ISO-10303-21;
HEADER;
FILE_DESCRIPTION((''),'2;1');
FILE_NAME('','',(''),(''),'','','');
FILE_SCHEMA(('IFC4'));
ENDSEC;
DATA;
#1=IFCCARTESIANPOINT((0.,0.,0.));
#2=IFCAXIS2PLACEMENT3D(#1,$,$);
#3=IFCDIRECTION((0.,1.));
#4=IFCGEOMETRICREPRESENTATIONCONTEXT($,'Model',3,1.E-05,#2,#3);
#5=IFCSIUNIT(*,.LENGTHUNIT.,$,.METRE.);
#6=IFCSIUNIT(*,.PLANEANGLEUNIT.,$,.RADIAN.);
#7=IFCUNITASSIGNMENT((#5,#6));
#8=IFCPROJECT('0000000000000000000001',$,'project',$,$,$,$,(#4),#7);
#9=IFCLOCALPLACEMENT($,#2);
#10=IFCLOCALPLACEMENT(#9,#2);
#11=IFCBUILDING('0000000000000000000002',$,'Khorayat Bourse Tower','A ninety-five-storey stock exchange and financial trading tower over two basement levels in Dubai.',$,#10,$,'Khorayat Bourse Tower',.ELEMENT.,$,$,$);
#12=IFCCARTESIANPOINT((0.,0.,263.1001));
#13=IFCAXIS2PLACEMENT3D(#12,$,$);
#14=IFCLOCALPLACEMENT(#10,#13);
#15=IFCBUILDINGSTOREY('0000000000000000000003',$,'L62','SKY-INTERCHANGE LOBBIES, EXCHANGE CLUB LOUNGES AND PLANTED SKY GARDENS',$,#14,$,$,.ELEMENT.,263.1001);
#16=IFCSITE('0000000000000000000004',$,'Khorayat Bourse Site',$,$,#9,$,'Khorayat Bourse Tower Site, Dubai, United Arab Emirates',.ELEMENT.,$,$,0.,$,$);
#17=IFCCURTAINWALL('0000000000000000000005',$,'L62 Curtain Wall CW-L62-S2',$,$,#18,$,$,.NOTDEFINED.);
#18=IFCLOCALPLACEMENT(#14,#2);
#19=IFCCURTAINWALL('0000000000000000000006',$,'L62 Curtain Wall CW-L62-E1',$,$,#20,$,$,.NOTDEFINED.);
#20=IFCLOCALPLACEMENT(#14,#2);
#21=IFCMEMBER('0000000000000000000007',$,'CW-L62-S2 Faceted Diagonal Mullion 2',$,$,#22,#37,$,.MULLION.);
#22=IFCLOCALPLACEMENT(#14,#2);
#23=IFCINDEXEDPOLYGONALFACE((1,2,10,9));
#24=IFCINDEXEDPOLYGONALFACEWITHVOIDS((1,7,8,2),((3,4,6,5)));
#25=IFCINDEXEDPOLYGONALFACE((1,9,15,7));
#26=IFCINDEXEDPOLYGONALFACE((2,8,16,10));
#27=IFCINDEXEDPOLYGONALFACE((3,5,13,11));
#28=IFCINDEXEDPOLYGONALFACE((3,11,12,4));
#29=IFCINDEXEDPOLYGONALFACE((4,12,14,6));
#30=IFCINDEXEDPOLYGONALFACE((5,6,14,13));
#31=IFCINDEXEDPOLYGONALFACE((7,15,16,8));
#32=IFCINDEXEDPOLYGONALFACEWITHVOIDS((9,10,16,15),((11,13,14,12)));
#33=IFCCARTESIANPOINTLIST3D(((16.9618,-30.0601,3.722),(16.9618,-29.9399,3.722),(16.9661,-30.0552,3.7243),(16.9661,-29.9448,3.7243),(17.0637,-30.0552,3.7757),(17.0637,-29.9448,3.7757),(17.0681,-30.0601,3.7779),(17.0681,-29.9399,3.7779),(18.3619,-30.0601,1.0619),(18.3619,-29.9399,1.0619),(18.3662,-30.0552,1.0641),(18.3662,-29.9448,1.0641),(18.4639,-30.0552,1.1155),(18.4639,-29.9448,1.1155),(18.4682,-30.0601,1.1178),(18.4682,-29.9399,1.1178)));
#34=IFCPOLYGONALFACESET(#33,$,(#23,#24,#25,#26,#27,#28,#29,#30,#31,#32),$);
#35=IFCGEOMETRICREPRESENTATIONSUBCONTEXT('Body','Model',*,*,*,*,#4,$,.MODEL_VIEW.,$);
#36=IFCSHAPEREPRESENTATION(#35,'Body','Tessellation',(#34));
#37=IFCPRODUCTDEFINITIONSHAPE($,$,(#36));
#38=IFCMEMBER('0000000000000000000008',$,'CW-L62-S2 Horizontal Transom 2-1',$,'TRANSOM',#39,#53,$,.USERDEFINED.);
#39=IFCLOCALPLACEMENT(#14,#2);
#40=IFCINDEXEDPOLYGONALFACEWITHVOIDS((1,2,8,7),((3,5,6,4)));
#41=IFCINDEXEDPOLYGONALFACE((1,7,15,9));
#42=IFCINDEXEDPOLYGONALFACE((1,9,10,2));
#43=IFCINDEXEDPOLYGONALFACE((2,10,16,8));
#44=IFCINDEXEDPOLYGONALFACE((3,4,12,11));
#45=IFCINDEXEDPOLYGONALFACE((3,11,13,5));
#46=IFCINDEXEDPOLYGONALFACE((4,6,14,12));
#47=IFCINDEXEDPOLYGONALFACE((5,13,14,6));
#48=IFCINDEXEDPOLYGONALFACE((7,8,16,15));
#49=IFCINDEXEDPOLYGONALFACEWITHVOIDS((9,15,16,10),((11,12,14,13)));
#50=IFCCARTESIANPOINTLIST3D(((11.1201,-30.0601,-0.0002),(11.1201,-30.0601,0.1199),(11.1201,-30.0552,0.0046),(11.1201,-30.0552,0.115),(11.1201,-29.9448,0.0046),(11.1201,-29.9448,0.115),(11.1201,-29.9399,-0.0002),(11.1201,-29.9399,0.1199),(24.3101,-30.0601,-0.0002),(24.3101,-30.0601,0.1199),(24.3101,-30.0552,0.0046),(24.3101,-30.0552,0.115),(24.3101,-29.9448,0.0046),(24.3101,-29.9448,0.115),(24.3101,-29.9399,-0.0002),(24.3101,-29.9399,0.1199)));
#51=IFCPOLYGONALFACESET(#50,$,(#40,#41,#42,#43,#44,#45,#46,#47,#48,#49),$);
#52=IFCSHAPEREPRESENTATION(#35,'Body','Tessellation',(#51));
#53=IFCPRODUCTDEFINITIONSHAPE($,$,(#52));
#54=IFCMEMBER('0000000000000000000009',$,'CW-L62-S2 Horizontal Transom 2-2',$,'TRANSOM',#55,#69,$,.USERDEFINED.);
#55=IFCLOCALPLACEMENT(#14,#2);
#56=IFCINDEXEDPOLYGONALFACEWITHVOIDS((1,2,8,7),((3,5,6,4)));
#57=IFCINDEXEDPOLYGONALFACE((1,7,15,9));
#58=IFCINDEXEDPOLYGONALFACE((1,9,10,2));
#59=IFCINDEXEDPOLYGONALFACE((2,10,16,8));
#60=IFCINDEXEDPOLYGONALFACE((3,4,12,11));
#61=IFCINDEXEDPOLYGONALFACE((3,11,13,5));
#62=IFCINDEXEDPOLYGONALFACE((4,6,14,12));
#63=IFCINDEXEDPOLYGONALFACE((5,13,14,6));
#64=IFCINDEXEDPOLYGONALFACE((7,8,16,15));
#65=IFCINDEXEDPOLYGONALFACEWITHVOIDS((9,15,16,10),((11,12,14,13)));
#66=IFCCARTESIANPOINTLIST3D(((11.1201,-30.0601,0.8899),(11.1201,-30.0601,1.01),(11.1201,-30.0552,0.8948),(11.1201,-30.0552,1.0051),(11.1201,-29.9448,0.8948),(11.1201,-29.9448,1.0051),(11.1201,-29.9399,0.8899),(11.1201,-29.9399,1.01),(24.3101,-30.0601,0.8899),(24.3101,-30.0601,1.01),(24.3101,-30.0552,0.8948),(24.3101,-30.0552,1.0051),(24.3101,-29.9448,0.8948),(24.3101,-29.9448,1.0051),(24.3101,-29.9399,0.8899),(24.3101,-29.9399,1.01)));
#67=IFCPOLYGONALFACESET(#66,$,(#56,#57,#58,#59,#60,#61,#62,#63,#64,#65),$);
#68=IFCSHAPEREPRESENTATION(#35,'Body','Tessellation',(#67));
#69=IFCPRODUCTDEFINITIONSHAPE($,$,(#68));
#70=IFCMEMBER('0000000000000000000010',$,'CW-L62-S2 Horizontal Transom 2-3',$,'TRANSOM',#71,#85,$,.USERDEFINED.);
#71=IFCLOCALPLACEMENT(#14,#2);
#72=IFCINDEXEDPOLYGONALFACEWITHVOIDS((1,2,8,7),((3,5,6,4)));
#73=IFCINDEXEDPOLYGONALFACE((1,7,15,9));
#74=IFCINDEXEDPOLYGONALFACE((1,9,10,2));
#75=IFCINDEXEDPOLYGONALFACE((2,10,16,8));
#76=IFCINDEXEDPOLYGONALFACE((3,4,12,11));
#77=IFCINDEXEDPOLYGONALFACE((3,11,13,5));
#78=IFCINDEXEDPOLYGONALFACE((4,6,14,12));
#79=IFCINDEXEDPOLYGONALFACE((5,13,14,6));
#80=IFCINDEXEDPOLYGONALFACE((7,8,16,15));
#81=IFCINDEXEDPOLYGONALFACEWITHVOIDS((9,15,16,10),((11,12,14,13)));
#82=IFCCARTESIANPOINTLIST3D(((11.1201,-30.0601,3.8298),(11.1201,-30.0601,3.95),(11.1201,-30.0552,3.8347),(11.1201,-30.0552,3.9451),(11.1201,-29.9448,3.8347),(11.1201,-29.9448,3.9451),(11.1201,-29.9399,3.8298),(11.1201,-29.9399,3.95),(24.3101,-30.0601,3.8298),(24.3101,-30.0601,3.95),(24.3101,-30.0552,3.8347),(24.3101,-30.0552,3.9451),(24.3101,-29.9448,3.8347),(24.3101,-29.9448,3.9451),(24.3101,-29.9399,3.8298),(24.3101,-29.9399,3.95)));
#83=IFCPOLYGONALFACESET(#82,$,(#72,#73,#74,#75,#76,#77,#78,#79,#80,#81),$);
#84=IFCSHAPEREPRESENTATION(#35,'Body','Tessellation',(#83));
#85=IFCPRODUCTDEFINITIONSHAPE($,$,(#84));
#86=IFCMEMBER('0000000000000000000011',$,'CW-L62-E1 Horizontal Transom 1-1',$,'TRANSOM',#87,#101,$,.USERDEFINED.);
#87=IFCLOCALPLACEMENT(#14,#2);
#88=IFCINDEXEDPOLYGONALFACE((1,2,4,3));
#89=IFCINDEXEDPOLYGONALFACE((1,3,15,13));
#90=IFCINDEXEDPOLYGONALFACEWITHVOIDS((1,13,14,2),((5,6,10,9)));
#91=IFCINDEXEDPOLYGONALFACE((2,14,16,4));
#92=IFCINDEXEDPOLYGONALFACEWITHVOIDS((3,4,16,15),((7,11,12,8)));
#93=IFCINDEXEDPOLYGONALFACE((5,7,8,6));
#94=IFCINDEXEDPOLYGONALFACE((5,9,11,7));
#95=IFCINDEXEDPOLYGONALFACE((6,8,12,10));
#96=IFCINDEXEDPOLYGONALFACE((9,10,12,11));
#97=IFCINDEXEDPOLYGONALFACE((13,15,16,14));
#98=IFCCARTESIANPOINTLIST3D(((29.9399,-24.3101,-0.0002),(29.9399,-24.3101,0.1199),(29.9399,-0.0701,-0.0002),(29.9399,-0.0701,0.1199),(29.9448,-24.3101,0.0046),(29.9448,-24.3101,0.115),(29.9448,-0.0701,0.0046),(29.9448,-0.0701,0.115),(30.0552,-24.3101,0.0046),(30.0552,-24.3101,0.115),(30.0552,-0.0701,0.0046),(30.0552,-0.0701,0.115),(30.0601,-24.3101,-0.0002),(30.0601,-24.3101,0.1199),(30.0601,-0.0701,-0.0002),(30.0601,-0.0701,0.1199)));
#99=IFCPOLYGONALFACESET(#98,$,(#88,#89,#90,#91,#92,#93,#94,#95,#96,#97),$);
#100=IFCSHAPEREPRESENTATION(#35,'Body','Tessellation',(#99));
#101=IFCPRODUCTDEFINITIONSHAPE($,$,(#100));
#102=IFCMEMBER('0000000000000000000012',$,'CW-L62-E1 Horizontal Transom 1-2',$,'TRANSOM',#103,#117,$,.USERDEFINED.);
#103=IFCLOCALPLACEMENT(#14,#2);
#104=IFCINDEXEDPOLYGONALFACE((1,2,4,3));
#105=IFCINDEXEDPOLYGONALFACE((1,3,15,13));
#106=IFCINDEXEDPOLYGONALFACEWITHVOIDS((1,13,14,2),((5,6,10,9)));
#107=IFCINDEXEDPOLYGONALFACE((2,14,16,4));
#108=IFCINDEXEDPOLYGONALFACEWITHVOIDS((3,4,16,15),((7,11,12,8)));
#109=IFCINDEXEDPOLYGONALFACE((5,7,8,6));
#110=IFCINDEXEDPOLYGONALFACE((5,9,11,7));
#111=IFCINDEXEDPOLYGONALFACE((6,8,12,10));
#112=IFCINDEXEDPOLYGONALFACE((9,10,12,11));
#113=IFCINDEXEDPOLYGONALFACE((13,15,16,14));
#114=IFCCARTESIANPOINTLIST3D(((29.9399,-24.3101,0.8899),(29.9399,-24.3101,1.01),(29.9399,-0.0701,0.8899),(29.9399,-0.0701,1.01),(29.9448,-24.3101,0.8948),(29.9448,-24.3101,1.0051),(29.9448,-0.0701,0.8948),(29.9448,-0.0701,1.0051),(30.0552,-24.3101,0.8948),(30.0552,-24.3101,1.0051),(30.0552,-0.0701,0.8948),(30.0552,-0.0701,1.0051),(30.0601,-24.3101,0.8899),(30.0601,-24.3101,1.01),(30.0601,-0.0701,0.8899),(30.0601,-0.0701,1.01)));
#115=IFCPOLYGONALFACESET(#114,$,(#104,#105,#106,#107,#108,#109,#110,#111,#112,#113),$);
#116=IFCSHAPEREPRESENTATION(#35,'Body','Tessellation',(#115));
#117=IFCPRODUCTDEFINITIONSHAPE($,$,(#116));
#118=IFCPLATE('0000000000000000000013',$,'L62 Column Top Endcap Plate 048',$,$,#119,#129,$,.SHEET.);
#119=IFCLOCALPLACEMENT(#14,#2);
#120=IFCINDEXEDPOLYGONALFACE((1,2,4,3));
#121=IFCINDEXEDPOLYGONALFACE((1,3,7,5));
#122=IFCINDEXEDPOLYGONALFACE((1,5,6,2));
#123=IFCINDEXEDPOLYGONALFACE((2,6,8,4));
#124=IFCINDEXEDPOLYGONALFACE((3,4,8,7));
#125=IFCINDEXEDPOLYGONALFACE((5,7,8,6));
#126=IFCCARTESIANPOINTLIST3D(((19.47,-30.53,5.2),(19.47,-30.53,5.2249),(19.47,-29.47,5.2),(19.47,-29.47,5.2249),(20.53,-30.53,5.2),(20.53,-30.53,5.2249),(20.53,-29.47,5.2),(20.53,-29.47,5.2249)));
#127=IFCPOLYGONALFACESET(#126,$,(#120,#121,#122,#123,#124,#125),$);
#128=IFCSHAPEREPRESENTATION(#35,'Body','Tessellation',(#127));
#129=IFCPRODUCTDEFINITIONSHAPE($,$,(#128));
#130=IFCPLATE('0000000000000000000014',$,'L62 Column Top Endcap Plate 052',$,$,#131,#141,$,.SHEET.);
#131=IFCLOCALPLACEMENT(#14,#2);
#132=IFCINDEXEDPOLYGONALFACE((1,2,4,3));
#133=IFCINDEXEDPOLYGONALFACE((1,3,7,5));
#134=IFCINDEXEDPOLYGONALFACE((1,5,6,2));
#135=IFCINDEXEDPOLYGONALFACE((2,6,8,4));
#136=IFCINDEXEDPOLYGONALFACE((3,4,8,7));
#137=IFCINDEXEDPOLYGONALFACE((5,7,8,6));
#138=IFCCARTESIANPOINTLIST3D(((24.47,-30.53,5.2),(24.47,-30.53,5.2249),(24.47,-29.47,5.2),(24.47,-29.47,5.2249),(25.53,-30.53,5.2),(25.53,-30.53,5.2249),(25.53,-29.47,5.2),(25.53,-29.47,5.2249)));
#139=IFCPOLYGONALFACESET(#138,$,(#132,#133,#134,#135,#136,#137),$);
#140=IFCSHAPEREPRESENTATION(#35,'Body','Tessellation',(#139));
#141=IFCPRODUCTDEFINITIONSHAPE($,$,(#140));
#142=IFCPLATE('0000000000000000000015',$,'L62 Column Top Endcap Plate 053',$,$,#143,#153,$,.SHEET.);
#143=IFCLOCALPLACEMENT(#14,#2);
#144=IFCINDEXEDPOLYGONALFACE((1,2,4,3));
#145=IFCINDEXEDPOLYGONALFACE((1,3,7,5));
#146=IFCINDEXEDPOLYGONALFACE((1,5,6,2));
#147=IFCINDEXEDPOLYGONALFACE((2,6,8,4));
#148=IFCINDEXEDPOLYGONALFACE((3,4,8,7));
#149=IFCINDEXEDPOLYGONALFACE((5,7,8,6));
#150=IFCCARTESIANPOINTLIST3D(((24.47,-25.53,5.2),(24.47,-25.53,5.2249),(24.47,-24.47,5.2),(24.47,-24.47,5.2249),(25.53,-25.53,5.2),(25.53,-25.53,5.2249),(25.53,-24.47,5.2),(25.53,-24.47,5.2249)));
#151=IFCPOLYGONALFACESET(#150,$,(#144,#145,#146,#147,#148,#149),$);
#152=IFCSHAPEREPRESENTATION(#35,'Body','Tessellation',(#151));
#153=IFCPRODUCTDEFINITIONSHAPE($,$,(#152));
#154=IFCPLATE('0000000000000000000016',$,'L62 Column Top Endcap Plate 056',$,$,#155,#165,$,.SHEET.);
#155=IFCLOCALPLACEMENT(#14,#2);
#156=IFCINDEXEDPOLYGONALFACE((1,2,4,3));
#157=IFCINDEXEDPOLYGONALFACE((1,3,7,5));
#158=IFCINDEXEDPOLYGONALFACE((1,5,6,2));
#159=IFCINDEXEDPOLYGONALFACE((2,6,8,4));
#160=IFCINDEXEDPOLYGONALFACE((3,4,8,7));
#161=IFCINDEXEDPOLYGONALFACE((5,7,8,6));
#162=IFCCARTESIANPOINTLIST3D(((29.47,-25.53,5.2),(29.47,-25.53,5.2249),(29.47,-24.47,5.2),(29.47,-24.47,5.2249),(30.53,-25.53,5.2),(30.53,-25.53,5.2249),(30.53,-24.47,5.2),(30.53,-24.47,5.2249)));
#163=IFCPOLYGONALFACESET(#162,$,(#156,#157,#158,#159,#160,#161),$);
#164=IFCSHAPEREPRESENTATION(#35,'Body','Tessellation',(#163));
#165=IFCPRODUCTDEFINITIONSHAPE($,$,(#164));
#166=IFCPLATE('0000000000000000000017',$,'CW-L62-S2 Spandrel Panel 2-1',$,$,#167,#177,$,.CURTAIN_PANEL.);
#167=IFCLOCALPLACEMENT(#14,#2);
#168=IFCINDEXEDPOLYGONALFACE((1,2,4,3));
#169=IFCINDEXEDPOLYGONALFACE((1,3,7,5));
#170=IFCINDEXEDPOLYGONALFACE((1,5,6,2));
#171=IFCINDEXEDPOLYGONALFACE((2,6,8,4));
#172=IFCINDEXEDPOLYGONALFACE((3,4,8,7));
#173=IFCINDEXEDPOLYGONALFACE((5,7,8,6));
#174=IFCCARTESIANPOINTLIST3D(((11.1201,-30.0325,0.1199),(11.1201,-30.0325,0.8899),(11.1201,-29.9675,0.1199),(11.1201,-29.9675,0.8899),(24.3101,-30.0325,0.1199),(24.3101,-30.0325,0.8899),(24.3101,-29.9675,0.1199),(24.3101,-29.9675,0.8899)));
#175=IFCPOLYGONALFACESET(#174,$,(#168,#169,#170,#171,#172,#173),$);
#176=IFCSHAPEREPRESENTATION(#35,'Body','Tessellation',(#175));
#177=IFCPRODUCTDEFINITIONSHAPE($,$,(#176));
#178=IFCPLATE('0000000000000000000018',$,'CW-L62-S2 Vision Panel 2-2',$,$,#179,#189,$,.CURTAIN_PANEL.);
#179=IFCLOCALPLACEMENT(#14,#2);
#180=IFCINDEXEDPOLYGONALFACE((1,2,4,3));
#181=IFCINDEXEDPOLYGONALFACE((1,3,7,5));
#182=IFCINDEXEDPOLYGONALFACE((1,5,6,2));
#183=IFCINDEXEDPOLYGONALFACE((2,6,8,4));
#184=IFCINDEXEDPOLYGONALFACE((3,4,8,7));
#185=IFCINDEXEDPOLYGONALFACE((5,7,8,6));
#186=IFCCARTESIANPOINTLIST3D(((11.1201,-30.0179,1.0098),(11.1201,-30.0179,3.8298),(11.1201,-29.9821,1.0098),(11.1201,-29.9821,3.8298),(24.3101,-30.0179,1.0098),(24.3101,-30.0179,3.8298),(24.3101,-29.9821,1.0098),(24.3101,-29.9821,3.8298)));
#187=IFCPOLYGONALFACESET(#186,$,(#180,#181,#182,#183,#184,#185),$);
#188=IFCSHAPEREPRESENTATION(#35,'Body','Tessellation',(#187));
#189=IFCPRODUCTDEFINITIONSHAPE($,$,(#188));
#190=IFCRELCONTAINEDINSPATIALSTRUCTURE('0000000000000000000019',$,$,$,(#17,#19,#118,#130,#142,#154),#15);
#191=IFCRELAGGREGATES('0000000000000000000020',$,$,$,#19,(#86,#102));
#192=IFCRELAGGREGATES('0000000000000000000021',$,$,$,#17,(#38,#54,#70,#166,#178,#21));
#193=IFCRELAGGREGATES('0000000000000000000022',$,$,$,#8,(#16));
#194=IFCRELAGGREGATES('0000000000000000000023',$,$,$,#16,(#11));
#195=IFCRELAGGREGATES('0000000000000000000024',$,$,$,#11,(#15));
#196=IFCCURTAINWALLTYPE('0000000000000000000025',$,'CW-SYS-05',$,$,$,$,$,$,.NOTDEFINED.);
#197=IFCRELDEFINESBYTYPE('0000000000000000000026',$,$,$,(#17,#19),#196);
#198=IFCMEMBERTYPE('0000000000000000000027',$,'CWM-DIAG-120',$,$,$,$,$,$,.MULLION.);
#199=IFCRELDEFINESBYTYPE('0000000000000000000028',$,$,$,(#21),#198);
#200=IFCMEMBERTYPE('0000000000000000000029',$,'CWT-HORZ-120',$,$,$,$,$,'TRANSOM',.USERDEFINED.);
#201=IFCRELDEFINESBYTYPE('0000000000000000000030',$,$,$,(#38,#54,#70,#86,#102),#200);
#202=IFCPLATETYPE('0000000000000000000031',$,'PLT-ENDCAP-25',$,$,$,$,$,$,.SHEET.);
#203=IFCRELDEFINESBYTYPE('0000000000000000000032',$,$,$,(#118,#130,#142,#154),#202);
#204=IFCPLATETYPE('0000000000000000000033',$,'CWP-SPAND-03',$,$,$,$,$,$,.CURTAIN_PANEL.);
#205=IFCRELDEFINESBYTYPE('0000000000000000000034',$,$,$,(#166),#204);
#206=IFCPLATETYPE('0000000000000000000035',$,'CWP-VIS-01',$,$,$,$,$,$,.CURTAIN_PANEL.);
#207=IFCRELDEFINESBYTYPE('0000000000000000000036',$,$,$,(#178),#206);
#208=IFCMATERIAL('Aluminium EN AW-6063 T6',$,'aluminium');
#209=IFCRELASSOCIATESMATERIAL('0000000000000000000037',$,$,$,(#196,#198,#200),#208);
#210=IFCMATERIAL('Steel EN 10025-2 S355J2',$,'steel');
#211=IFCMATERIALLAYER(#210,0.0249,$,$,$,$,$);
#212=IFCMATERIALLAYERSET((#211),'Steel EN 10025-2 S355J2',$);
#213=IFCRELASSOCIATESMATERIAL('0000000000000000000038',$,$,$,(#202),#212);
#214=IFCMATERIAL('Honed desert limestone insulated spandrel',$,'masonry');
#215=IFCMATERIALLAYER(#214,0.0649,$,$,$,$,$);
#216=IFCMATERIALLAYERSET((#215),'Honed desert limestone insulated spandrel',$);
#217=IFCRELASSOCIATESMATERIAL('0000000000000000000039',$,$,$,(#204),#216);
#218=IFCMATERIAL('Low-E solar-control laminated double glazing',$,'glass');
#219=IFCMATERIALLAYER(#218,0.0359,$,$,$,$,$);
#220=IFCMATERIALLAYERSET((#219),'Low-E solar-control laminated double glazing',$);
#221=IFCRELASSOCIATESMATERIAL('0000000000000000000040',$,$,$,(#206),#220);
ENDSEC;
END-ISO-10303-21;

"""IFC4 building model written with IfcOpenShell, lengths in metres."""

from ifc_helpers import new_model, si_unit, direction, frame, origin, origin_2d, place, context, subcontext, project, spatial, rectangle, hollow_rectangle, extrude, source, transform, mapped, material, layer, layer_set, material_profile, profile_set, type_object, element, aggregate, save


model = new_model("IFC4")

# Units and contexts
model_context = context("Model", 3, precision=1e-05, world=origin(), true_north=direction((0.0, 1.0)))
body_context = subcontext(model_context, "Body", "Model", "MODEL_VIEW")
ifc_project = project(units=[si_unit("LENGTHUNIT", "METRE"), si_unit("PLANEANGLEUNIT", "RADIAN")], contexts=[model_context])

# Site, building, storey
site_placement = place(None, origin())
site = spatial("IfcSite", under=ifc_project, at=site_placement, Name="Khorayat Bourse Site", LongName="Khorayat Bourse Tower Site, Dubai, United Arab Emirates", CompositionType="ELEMENT", RefElevation=0.0)
building_placement = place(site_placement, origin())
building = spatial("IfcBuilding", under=site, at=building_placement, Name="Khorayat Bourse Tower", Description="A ninety-five-storey stock exchange and financial trading tower over two basement levels in Dubai.", LongName="Khorayat Bourse Tower", CompositionType="ELEMENT")
storey_placement = place(building_placement, frame((0.0, 0.0, 263.1001)))
storey = spatial("IfcBuildingStorey", under=building, at=storey_placement, Name="L62", Description="SKY-INTERCHANGE LOBBIES, EXCHANGE CLUB LOUNGES AND PLANTED SKY GARDENS", CompositionType="ELEMENT", Elevation=263.1001)

# Curtain wall
ifc_material_1 = material(Name="Aluminium EN AW-6063 T6", Category="aluminium")
curtain_wall_type = type_object("IfcCurtainWallType", Name="CW-SYS-05", PredefinedType="NOTDEFINED", material=ifc_material_1)
curtain_wall_1_placement = place(storey_placement, origin())
curtain_wall_1 = element("IfcCurtainWall", 1, at=curtain_wall_1_placement, inside=storey, type_object=curtain_wall_type, Name="L62 Curtain Wall CW-L62-S2", PredefinedType="NOTDEFINED")

# Curtain wall
curtain_wall_2_placement = place(storey_placement, origin())
curtain_wall_2 = element("IfcCurtainWall", 2, at=curtain_wall_2_placement, inside=storey, type_object=curtain_wall_type, Name="L62 Curtain Wall CW-L62-E1", PredefinedType="NOTDEFINED")

# Members
ifc_material_profile_1 = material_profile(ifc_material_1, hollow_rectangle(XDim=0.1201, YDim=0.1201, WallThickness=0.0049, at=origin_2d()), Name="ALU 120x120x5")
ifc_profile_set_1 = profile_set([ifc_material_profile_1], Name="Aluminium EN AW-6063 T6")
member_type_1 = type_object("IfcMemberType", Name="CWM-DIAG-120", PredefinedType="MULLION", material=ifc_profile_set_1)
shared_shape_1 = source(origin(), body_context, "Body", "SweptSolid", [
    extrude(hollow_rectangle(XDim=0.1201, YDim=0.1201, WallThickness=0.0049, at=origin_2d()), origin(), (0.0, 0.0, 1.0), 3.0061),
])
member_1_placement = place(storey_placement, frame((18.415, -30.0, 1.0898), z_axis=(-0.465763, 0.0, 0.884909), x_axis=(0.0, -1.0, 0.0)))
member_1 = element("IfcMember", 3, at=member_1_placement, type_object=member_type_1, Name="CW-L62-S2 Faceted Diagonal Mullion 2", PredefinedType="MULLION", context=body_context, shape_type="MappedRepresentation", body=[
    mapped(shared_shape_1, transform((0.0, 0.0, 0.0), scale=1.0)),
])
ifc_material_profile_2 = material_profile(ifc_material_1, hollow_rectangle(XDim=0.1201, YDim=0.1201, WallThickness=0.0049, at=origin_2d()), Name="ALU 120x120x5")
ifc_profile_set_2 = profile_set([ifc_material_profile_2], Name="Aluminium EN AW-6063 T6")
member_type_2 = type_object("IfcMemberType", Name="CWT-HORZ-120", ElementType="TRANSOM", PredefinedType="USERDEFINED", material=ifc_profile_set_2)
shared_shape_2 = source(origin(), body_context, "Body", "SweptSolid", [
    extrude(hollow_rectangle(XDim=0.1201, YDim=0.1201, WallThickness=0.0049, at=origin_2d()), origin(), (0.0, 0.0, 1.0), 13.1899),
])
member_2_placement = place(storey_placement, frame((11.1201, -30.0, 0.0598), z_axis=(1.0, 0.0, 0.0), x_axis=(0.0, 1.0, 0.0)))
member_2 = element("IfcMember", 4, at=member_2_placement, type_object=member_type_2, Name="CW-L62-S2 Horizontal Transom 2-1", ObjectType="TRANSOM", PredefinedType="USERDEFINED", context=body_context, shape_type="MappedRepresentation", body=[
    mapped(shared_shape_2, transform((0.0, 0.0, 0.0), scale=1.0)),
])
member_3_placement = place(storey_placement, frame((11.1201, -30.0, 0.95), z_axis=(1.0, 0.0, 0.0), x_axis=(0.0, 1.0, 0.0)))
member_3 = element("IfcMember", 5, at=member_3_placement, type_object=member_type_2, Name="CW-L62-S2 Horizontal Transom 2-2", ObjectType="TRANSOM", PredefinedType="USERDEFINED", context=body_context, shape_type="MappedRepresentation", body=[
    mapped(shared_shape_2, transform((0.0, 0.0, 0.0), scale=1.0)),
])
member_4_placement = place(storey_placement, frame((11.1201, -30.0, 3.8899), z_axis=(1.0, 0.0, 0.0), x_axis=(0.0, 1.0, 0.0)))
member_4 = element("IfcMember", 6, at=member_4_placement, type_object=member_type_2, Name="CW-L62-S2 Horizontal Transom 2-3", ObjectType="TRANSOM", PredefinedType="USERDEFINED", context=body_context, shape_type="MappedRepresentation", body=[
    mapped(shared_shape_2, transform((0.0, 0.0, 0.0), scale=1.0)),
])
shared_shape_3 = source(origin(), body_context, "Body", "SweptSolid", [
    extrude(hollow_rectangle(XDim=0.1201, YDim=0.1201, WallThickness=0.0049, at=origin_2d()), origin(), (0.0, 0.0, 1.0), 24.24),
])
member_5_placement = place(storey_placement, frame((30.0, -24.3101, 0.0598), z_axis=(0.0, 1.0, 0.0), x_axis=(-1.0, 0.0, 0.0)))
member_5 = element("IfcMember", 7, at=member_5_placement, type_object=member_type_2, Name="CW-L62-E1 Horizontal Transom 1-1", ObjectType="TRANSOM", PredefinedType="USERDEFINED", context=body_context, shape_type="MappedRepresentation", body=[
    mapped(shared_shape_3, transform((0.0, 0.0, 0.0), scale=1.0)),
])
member_6_placement = place(storey_placement, frame((30.0, -24.3101, 0.95), z_axis=(0.0, 1.0, 0.0), x_axis=(-1.0, 0.0, 0.0)))
member_6 = element("IfcMember", 8, at=member_6_placement, type_object=member_type_2, Name="CW-L62-E1 Horizontal Transom 1-2", ObjectType="TRANSOM", PredefinedType="USERDEFINED", context=body_context, shape_type="MappedRepresentation", body=[
    mapped(shared_shape_3, transform((0.0, 0.0, 0.0), scale=1.0)),
])
aggregate(curtain_wall_2, [member_5, member_6])

# Plates
ifc_material_2 = material(Name="Steel EN 10025-2 S355J2", Category="steel")
ifc_layer_1 = layer(ifc_material_2, 0.0249)
ifc_layer_set_1 = layer_set([ifc_layer_1], Name="Steel EN 10025-2 S355J2")
plate_type_1 = type_object("IfcPlateType", Name="PLT-ENDCAP-25", PredefinedType="SHEET", material=ifc_layer_set_1)
shared_shape_4 = source(origin(), body_context, "Body", "SweptSolid", [
    extrude(rectangle(XDim=1.0601, YDim=1.0601, at=origin_2d()), origin(), (0.0, 0.0, 1.0), 0.0249),
])
for number, where, z_axis, x_axis, name in (
    (9, (20.0, -30.0, 5.2), (0.0, 0.0, 1.0), (1.0, 0.0, 0.0), "L62 Column Top Endcap Plate 048"),
    (10, (25.0, -30.0, 5.2), (0.0, 0.0, 1.0), (1.0, 0.0, 0.0), "L62 Column Top Endcap Plate 052"),
    (11, (25.0, -25.0, 5.2), (0.0, 0.0, 1.0), (1.0, 0.0, 0.0), "L62 Column Top Endcap Plate 053"),
    (12, (30.0, -25.0, 5.2), (0.0, 0.0, 1.0), (1.0, 0.0, 0.0), "L62 Column Top Endcap Plate 056"),
):
    element("IfcPlate", number, at=place(storey_placement, frame(where, z_axis=z_axis, x_axis=x_axis)), inside=storey, type_object=plate_type_1, Name=name, PredefinedType="SHEET", context=body_context, shape_type="MappedRepresentation", body=[
        mapped(shared_shape_4, transform((0.0, 0.0, 0.0), scale=1.0)),
    ])

# Plates
ifc_material_3 = material(Name="Honed desert limestone insulated spandrel", Category="masonry")
ifc_layer_2 = layer(ifc_material_3, 0.0649)
ifc_layer_set_2 = layer_set([ifc_layer_2], Name="Honed desert limestone insulated spandrel")
plate_type_2 = type_object("IfcPlateType", Name="CWP-SPAND-03", PredefinedType="CURTAIN_PANEL", material=ifc_layer_set_2)
shared_shape_5 = source(origin(), body_context, "Body", "SweptSolid", [
    extrude(rectangle(XDim=13.1899, YDim=0.0649, at=origin_2d()), origin(), (0.0, 0.0, 1.0), 0.77),
])
plate_1_placement = place(storey_placement, frame((17.7151, -30.0, 0.1199), z_axis=(0.0, 0.0, 1.0), x_axis=(1.0, 0.0, 0.0)))
plate_1 = element("IfcPlate", 13, at=plate_1_placement, type_object=plate_type_2, Name="CW-L62-S2 Spandrel Panel 2-1", PredefinedType="CURTAIN_PANEL", context=body_context, shape_type="MappedRepresentation", body=[
    mapped(shared_shape_5, transform((0.0, 0.0, 0.0), scale=1.0)),
])
ifc_material_4 = material(Name="Low-E solar-control laminated double glazing", Category="glass")
ifc_layer_3 = layer(ifc_material_4, 0.0359)
ifc_layer_set_3 = layer_set([ifc_layer_3], Name="Low-E solar-control laminated double glazing")
plate_type_3 = type_object("IfcPlateType", Name="CWP-VIS-01", PredefinedType="CURTAIN_PANEL", material=ifc_layer_set_3)
shared_shape_6 = source(origin(), body_context, "Body", "SweptSolid", [
    extrude(rectangle(XDim=13.1899, YDim=0.0359, at=origin_2d()), origin(), (0.0, 0.0, 1.0), 2.8201),
])
plate_2_placement = place(storey_placement, frame((17.7151, -30.0, 1.0098), z_axis=(0.0, 0.0, 1.0), x_axis=(1.0, 0.0, 0.0)))
plate_2 = element("IfcPlate", 14, at=plate_2_placement, type_object=plate_type_3, Name="CW-L62-S2 Vision Panel 2-2", PredefinedType="CURTAIN_PANEL", context=body_context, shape_type="MappedRepresentation", body=[
    mapped(shared_shape_6, transform((0.0, 0.0, 0.0), scale=1.0)),
])
aggregate(curtain_wall_1, [member_2, member_3, member_4, plate_1, plate_2, member_1])

save(model, "model.ifc")
